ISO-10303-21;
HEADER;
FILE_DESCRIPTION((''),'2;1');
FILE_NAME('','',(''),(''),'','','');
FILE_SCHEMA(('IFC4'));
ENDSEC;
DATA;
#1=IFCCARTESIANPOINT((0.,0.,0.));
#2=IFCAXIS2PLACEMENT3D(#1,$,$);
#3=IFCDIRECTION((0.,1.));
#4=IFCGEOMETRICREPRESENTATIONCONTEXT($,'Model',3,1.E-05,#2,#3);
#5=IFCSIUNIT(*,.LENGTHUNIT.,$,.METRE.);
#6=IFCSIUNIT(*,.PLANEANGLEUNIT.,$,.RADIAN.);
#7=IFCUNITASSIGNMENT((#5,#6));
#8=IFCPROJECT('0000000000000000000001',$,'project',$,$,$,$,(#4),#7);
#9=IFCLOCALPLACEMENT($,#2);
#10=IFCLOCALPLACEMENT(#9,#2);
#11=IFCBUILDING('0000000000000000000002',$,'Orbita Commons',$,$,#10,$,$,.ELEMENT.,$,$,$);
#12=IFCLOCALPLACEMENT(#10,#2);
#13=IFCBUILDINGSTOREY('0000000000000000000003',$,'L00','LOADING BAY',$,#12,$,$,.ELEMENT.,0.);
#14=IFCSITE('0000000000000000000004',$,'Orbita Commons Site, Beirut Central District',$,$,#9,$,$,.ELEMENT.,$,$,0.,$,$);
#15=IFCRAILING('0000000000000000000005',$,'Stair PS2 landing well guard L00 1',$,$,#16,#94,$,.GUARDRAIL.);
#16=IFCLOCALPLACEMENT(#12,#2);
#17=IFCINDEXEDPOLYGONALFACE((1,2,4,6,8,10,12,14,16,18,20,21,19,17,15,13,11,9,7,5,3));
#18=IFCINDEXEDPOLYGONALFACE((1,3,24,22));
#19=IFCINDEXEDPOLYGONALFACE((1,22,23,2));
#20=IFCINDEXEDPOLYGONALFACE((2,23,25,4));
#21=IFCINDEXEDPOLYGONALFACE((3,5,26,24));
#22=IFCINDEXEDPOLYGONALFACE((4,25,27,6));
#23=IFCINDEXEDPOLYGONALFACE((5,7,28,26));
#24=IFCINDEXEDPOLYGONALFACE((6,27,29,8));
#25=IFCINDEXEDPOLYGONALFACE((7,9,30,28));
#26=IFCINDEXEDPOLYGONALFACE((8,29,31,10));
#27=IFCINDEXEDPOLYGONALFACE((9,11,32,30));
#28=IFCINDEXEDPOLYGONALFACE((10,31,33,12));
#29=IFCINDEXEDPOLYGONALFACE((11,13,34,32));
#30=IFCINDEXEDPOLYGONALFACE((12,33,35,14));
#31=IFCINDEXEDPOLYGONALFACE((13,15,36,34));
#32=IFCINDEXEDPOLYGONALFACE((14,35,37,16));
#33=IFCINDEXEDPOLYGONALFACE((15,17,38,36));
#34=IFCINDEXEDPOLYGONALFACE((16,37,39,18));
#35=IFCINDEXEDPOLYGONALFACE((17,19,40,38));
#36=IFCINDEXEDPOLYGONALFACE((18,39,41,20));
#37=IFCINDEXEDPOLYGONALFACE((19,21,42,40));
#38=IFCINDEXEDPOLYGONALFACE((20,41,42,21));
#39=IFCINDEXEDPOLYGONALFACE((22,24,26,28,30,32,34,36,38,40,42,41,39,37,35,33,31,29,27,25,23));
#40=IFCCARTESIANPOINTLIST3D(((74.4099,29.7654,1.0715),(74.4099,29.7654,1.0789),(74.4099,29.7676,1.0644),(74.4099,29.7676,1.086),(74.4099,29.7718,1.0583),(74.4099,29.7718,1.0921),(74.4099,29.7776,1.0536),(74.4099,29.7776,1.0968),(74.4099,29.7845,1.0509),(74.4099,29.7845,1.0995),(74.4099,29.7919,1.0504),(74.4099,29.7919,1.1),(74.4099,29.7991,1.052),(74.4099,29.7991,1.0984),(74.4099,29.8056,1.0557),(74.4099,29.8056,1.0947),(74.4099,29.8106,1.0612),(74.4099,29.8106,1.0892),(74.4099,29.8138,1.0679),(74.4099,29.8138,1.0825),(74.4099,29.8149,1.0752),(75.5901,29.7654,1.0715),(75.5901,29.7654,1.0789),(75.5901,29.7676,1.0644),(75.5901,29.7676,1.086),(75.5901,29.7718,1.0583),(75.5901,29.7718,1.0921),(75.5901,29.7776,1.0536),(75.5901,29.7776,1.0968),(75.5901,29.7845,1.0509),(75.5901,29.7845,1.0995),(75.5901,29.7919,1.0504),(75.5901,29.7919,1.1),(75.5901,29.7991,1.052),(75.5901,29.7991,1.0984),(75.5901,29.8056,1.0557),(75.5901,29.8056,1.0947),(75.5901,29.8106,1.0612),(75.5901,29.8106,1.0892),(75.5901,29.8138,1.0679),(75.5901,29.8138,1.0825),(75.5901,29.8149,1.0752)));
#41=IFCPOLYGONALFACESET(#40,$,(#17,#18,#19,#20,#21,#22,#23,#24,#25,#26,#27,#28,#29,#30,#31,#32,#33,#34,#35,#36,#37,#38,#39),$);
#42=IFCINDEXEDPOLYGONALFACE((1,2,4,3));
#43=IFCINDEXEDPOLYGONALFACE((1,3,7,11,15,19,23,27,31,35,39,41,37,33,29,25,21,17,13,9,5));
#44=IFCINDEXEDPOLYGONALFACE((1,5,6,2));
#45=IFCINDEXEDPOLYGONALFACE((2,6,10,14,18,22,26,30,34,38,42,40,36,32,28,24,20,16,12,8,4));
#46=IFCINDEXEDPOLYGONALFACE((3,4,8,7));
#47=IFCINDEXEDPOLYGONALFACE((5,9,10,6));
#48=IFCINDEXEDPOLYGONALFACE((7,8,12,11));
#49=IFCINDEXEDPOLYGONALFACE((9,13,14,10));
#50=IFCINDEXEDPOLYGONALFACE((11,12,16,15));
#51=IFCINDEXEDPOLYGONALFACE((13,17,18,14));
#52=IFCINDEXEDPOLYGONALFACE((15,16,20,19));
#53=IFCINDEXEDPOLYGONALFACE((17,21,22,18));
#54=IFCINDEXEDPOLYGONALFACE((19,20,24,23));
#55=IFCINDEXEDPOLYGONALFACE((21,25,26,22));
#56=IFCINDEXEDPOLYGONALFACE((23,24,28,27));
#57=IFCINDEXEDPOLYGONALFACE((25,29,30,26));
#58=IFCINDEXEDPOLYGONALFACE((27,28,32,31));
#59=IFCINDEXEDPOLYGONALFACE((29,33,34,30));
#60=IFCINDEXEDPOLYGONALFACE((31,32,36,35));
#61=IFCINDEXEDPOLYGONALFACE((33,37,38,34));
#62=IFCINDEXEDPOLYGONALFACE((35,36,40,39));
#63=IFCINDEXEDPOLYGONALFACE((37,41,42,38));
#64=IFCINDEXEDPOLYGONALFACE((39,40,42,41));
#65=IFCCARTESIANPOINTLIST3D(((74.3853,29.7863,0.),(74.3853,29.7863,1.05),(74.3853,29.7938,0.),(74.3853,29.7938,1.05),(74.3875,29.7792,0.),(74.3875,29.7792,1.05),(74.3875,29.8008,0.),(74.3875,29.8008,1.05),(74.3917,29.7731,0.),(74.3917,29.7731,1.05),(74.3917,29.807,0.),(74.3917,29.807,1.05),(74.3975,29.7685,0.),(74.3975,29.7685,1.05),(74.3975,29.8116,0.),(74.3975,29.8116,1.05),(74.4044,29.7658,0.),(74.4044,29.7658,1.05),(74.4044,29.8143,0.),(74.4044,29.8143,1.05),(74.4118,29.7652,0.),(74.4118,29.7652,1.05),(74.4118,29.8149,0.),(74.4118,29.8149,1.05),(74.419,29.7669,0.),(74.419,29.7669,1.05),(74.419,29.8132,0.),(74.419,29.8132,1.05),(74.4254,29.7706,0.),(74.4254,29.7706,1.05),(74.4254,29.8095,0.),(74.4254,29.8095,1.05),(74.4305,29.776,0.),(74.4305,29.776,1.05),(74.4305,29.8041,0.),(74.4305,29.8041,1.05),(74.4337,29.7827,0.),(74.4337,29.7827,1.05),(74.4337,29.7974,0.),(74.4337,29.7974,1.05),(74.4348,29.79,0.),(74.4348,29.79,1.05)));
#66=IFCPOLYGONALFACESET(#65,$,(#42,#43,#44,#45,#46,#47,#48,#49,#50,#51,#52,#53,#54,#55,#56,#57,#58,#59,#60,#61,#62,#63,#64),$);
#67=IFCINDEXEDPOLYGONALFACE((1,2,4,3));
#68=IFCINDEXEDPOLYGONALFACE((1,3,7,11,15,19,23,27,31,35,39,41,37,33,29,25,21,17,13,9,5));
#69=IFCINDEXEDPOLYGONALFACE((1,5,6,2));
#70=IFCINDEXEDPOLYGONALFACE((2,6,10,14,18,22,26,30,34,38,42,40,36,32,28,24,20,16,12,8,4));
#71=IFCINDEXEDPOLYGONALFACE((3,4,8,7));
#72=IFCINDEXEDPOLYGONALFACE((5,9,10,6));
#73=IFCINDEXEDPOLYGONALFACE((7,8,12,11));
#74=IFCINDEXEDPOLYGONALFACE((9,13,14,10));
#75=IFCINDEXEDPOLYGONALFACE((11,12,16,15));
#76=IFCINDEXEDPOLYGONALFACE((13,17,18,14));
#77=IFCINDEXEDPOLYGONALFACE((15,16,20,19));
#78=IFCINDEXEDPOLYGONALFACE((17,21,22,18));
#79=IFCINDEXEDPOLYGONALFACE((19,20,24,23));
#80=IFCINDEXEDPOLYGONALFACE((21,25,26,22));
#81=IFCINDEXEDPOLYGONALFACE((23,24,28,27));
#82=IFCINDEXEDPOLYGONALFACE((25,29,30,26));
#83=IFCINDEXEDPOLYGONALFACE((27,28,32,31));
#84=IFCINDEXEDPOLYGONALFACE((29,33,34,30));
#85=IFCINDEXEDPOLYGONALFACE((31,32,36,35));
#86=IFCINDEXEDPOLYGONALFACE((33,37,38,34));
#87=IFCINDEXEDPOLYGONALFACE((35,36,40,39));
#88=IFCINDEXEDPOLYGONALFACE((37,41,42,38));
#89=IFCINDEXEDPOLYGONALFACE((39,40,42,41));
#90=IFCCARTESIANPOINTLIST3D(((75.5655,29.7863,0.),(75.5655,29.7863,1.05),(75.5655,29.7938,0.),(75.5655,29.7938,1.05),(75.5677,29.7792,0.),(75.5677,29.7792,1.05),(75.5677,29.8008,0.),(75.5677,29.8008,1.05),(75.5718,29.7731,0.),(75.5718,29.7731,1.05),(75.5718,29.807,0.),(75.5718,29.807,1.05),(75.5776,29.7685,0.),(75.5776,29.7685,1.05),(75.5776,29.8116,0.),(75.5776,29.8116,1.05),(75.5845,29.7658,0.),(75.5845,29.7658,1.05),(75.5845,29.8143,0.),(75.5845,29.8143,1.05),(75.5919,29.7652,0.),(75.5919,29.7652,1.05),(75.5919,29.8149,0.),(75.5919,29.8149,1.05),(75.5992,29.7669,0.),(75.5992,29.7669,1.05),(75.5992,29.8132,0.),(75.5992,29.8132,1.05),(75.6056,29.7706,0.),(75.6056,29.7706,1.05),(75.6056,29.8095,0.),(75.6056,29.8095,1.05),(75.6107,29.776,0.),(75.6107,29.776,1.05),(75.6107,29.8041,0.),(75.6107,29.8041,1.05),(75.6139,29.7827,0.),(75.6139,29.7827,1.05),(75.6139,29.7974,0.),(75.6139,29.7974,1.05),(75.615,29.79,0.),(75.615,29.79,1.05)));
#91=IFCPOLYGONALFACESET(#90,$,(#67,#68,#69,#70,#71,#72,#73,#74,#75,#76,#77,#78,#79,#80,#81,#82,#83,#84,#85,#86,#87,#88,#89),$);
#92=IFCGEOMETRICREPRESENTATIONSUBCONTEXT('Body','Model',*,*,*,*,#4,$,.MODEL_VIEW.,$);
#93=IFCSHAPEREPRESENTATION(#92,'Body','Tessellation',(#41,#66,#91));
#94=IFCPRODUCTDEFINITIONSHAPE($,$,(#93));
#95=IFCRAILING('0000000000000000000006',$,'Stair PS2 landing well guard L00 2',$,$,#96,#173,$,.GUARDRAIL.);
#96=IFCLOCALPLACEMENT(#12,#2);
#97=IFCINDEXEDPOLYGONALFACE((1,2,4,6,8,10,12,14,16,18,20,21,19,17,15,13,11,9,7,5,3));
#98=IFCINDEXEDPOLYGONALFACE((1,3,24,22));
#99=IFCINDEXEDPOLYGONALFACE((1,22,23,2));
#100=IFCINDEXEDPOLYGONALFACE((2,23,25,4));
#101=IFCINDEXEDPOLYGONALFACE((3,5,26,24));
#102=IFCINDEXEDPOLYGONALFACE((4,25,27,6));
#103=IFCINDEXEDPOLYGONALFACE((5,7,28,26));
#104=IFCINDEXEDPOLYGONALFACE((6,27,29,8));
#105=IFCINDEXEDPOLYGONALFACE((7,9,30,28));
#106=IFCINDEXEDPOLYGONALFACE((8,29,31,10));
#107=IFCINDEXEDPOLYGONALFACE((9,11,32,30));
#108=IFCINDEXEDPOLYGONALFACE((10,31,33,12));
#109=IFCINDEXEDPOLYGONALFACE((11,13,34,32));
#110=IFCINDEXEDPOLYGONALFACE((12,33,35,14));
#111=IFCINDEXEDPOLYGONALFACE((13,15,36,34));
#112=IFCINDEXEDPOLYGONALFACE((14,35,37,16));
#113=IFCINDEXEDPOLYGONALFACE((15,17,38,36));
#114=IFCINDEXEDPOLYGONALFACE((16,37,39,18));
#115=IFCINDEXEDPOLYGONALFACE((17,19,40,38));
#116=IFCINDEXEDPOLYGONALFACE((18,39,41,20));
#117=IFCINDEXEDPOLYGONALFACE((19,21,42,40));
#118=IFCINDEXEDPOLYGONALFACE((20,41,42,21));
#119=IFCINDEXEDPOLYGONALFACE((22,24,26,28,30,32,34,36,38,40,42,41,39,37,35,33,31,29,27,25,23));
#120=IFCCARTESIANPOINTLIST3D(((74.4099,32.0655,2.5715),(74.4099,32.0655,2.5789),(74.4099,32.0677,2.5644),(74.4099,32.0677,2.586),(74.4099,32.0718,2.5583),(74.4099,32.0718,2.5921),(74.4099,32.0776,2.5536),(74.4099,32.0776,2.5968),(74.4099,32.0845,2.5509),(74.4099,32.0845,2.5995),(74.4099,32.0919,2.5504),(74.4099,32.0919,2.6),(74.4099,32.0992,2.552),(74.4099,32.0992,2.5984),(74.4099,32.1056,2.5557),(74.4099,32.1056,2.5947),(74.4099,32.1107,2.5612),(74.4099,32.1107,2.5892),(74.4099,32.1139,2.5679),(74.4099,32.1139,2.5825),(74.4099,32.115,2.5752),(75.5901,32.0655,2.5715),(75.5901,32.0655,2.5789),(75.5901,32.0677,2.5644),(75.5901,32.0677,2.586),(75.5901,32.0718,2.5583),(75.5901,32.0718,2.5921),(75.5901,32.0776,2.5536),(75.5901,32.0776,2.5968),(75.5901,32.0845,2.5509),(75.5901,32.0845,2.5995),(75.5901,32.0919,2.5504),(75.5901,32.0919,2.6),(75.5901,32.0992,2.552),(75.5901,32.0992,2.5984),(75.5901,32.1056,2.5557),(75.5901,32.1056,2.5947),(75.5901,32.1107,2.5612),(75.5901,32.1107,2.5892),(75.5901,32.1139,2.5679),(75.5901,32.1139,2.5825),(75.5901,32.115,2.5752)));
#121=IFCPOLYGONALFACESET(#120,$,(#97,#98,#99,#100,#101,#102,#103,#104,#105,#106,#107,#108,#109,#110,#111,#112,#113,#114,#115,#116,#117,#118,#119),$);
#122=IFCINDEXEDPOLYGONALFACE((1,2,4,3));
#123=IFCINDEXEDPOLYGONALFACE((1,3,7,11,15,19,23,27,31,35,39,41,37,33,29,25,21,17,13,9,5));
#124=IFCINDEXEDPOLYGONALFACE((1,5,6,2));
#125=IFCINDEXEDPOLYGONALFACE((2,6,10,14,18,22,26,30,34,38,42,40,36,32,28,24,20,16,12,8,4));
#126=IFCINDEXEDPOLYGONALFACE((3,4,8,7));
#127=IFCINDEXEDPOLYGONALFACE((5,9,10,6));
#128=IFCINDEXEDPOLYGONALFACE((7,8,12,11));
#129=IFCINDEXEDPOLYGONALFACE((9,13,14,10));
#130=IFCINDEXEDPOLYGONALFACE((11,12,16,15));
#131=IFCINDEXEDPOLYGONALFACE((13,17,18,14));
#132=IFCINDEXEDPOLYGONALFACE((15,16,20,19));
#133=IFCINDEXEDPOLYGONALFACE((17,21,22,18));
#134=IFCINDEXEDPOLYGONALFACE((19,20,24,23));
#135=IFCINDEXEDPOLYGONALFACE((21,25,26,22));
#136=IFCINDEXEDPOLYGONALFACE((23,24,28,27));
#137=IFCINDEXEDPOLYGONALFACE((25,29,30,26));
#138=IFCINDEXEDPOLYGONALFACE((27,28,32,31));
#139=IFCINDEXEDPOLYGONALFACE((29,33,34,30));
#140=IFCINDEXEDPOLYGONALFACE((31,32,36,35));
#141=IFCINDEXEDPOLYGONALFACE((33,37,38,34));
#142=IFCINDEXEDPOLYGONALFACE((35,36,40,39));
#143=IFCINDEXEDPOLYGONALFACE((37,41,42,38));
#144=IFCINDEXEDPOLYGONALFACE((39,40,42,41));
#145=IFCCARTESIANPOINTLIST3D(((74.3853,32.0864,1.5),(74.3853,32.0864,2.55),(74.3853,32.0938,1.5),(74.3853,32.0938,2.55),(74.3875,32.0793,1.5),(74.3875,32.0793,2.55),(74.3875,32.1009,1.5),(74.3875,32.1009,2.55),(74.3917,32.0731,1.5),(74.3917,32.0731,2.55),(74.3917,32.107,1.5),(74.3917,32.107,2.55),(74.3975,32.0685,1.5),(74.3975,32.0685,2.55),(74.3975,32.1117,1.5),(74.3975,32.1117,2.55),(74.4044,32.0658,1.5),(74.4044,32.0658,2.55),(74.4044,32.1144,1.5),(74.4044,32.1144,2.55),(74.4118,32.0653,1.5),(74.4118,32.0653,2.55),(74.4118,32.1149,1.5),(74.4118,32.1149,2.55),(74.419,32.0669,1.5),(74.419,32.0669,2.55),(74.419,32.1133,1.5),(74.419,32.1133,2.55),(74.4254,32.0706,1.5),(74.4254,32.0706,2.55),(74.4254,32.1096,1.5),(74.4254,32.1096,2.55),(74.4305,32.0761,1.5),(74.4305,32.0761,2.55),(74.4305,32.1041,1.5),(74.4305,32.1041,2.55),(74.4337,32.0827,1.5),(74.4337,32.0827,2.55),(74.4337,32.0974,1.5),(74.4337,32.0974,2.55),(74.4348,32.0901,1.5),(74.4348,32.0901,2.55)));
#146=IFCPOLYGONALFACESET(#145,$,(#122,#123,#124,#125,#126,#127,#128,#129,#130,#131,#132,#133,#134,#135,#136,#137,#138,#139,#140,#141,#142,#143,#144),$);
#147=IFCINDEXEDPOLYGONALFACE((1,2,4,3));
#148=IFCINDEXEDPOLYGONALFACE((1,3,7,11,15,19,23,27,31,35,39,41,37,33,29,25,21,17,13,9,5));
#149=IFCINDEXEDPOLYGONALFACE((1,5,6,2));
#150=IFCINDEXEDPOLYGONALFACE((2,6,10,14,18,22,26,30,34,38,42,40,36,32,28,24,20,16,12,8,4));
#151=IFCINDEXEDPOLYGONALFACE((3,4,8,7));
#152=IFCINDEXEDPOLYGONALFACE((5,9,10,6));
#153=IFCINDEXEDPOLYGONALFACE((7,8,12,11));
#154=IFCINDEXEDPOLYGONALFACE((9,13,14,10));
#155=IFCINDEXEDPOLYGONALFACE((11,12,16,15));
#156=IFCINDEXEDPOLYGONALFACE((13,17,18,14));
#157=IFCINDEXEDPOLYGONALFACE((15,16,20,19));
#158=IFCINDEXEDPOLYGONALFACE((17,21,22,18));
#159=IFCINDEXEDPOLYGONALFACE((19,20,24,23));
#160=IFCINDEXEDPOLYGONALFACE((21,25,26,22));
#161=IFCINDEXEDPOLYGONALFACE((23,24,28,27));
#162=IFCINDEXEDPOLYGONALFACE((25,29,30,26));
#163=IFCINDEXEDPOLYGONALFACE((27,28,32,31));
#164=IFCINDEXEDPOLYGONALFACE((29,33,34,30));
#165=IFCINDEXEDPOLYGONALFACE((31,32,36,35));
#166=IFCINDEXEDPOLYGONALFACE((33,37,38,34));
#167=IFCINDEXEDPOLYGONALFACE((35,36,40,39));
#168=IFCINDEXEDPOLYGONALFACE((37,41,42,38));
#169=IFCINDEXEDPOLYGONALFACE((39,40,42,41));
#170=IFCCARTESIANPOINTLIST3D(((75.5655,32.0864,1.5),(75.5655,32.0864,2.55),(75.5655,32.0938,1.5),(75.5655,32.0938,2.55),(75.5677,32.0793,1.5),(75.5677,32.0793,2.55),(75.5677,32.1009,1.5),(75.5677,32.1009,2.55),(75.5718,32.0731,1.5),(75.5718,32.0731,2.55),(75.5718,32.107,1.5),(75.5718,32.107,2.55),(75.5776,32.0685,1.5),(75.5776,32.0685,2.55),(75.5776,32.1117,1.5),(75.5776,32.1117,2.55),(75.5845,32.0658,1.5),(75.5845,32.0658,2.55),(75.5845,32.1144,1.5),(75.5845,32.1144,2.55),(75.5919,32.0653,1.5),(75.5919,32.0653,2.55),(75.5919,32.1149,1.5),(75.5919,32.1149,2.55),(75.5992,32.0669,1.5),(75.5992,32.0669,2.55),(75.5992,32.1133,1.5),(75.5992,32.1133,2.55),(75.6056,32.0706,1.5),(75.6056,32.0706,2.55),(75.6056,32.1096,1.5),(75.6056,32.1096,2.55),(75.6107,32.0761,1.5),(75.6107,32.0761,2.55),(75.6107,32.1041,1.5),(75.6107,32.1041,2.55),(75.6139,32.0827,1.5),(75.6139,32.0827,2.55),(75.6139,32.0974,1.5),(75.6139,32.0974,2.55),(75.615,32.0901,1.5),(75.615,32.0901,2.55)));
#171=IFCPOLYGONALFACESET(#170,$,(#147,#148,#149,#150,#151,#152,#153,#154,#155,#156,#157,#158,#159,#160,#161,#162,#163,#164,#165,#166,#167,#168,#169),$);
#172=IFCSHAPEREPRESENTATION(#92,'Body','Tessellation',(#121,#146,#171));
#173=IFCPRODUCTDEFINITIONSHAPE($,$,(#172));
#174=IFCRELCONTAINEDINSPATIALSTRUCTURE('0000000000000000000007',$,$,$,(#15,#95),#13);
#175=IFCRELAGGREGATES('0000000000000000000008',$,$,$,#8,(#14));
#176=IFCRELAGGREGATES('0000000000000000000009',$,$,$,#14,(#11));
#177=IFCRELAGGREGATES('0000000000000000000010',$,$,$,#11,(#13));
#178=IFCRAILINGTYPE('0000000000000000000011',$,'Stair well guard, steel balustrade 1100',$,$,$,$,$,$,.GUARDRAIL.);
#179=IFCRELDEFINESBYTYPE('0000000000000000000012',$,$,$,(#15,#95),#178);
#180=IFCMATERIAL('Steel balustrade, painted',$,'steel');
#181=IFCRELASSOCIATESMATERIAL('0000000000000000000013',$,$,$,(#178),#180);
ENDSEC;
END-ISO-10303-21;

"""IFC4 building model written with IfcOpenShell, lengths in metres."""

from ifc_helpers import new_model, si_unit, direction, frame, origin, origin_2d, place, context, subcontext, project, spatial, circle, extrude, material, type_object, element, save


model = new_model("IFC4")

# Units and contexts
model_context = context("Model", 3, precision=1e-05, world=origin(), true_north=direction((0.0, 1.0)))
body_context = subcontext(model_context, "Body", "Model", "MODEL_VIEW")
ifc_project = project(units=[si_unit("LENGTHUNIT", "METRE"), si_unit("PLANEANGLEUNIT", "RADIAN")], contexts=[model_context])

# Site, building, storey
site_placement = place(None, origin())
site = spatial("IfcSite", under=ifc_project, at=site_placement, Name="Orbita Commons Site, Beirut Central District", CompositionType="ELEMENT", RefElevation=0.0)
building_placement = place(site_placement, origin())
building = spatial("IfcBuilding", under=site, at=building_placement, Name="Orbita Commons", CompositionType="ELEMENT")
storey_placement = place(building_placement, origin())
storey = spatial("IfcBuildingStorey", under=building, at=storey_placement, Name="L00", Description="LOADING BAY", CompositionType="ELEMENT", Elevation=0.0)

# Railings
ifc_material_1 = material(Name="Steel balustrade, painted", Category="steel")
railing_type_1 = type_object("IfcRailingType", Name="Stair well guard, steel balustrade 1100", PredefinedType="GUARDRAIL", material=ifc_material_1)
for number, where, name in (
    (1, (74.4099, 29.79, 0.0), "Stair PS2 landing well guard L00 1"),
    (2, (74.4099, 32.0901, 1.5), "Stair PS2 landing well guard L00 2"),
):
    element("IfcRailing", number, at=place(storey_placement, frame(where)), inside=storey, type_object=railing_type_1, Name=name, PredefinedType="GUARDRAIL", context=body_context, shape_type="SweptSolid", body=[
        extrude(circle(Radius=0.0249, at=origin_2d()), frame((0.0, 0.0, 1.0752), z_axis=(1.0, 0.0, 0.0), x_axis=(0.0, 1.0, 0.0)), (0.0, 0.0, 1.0), 1.1802),
        extrude(circle(Radius=0.0249, at=origin_2d()), origin(), (0.0, 0.0, 1.0), 1.05),
        extrude(circle(Radius=0.0249, at=origin_2d()), frame((1.1802, 0.0, 0.0)), (0.0, 0.0, 1.0), 1.05),
    ])

save(model, "model.ifc")
